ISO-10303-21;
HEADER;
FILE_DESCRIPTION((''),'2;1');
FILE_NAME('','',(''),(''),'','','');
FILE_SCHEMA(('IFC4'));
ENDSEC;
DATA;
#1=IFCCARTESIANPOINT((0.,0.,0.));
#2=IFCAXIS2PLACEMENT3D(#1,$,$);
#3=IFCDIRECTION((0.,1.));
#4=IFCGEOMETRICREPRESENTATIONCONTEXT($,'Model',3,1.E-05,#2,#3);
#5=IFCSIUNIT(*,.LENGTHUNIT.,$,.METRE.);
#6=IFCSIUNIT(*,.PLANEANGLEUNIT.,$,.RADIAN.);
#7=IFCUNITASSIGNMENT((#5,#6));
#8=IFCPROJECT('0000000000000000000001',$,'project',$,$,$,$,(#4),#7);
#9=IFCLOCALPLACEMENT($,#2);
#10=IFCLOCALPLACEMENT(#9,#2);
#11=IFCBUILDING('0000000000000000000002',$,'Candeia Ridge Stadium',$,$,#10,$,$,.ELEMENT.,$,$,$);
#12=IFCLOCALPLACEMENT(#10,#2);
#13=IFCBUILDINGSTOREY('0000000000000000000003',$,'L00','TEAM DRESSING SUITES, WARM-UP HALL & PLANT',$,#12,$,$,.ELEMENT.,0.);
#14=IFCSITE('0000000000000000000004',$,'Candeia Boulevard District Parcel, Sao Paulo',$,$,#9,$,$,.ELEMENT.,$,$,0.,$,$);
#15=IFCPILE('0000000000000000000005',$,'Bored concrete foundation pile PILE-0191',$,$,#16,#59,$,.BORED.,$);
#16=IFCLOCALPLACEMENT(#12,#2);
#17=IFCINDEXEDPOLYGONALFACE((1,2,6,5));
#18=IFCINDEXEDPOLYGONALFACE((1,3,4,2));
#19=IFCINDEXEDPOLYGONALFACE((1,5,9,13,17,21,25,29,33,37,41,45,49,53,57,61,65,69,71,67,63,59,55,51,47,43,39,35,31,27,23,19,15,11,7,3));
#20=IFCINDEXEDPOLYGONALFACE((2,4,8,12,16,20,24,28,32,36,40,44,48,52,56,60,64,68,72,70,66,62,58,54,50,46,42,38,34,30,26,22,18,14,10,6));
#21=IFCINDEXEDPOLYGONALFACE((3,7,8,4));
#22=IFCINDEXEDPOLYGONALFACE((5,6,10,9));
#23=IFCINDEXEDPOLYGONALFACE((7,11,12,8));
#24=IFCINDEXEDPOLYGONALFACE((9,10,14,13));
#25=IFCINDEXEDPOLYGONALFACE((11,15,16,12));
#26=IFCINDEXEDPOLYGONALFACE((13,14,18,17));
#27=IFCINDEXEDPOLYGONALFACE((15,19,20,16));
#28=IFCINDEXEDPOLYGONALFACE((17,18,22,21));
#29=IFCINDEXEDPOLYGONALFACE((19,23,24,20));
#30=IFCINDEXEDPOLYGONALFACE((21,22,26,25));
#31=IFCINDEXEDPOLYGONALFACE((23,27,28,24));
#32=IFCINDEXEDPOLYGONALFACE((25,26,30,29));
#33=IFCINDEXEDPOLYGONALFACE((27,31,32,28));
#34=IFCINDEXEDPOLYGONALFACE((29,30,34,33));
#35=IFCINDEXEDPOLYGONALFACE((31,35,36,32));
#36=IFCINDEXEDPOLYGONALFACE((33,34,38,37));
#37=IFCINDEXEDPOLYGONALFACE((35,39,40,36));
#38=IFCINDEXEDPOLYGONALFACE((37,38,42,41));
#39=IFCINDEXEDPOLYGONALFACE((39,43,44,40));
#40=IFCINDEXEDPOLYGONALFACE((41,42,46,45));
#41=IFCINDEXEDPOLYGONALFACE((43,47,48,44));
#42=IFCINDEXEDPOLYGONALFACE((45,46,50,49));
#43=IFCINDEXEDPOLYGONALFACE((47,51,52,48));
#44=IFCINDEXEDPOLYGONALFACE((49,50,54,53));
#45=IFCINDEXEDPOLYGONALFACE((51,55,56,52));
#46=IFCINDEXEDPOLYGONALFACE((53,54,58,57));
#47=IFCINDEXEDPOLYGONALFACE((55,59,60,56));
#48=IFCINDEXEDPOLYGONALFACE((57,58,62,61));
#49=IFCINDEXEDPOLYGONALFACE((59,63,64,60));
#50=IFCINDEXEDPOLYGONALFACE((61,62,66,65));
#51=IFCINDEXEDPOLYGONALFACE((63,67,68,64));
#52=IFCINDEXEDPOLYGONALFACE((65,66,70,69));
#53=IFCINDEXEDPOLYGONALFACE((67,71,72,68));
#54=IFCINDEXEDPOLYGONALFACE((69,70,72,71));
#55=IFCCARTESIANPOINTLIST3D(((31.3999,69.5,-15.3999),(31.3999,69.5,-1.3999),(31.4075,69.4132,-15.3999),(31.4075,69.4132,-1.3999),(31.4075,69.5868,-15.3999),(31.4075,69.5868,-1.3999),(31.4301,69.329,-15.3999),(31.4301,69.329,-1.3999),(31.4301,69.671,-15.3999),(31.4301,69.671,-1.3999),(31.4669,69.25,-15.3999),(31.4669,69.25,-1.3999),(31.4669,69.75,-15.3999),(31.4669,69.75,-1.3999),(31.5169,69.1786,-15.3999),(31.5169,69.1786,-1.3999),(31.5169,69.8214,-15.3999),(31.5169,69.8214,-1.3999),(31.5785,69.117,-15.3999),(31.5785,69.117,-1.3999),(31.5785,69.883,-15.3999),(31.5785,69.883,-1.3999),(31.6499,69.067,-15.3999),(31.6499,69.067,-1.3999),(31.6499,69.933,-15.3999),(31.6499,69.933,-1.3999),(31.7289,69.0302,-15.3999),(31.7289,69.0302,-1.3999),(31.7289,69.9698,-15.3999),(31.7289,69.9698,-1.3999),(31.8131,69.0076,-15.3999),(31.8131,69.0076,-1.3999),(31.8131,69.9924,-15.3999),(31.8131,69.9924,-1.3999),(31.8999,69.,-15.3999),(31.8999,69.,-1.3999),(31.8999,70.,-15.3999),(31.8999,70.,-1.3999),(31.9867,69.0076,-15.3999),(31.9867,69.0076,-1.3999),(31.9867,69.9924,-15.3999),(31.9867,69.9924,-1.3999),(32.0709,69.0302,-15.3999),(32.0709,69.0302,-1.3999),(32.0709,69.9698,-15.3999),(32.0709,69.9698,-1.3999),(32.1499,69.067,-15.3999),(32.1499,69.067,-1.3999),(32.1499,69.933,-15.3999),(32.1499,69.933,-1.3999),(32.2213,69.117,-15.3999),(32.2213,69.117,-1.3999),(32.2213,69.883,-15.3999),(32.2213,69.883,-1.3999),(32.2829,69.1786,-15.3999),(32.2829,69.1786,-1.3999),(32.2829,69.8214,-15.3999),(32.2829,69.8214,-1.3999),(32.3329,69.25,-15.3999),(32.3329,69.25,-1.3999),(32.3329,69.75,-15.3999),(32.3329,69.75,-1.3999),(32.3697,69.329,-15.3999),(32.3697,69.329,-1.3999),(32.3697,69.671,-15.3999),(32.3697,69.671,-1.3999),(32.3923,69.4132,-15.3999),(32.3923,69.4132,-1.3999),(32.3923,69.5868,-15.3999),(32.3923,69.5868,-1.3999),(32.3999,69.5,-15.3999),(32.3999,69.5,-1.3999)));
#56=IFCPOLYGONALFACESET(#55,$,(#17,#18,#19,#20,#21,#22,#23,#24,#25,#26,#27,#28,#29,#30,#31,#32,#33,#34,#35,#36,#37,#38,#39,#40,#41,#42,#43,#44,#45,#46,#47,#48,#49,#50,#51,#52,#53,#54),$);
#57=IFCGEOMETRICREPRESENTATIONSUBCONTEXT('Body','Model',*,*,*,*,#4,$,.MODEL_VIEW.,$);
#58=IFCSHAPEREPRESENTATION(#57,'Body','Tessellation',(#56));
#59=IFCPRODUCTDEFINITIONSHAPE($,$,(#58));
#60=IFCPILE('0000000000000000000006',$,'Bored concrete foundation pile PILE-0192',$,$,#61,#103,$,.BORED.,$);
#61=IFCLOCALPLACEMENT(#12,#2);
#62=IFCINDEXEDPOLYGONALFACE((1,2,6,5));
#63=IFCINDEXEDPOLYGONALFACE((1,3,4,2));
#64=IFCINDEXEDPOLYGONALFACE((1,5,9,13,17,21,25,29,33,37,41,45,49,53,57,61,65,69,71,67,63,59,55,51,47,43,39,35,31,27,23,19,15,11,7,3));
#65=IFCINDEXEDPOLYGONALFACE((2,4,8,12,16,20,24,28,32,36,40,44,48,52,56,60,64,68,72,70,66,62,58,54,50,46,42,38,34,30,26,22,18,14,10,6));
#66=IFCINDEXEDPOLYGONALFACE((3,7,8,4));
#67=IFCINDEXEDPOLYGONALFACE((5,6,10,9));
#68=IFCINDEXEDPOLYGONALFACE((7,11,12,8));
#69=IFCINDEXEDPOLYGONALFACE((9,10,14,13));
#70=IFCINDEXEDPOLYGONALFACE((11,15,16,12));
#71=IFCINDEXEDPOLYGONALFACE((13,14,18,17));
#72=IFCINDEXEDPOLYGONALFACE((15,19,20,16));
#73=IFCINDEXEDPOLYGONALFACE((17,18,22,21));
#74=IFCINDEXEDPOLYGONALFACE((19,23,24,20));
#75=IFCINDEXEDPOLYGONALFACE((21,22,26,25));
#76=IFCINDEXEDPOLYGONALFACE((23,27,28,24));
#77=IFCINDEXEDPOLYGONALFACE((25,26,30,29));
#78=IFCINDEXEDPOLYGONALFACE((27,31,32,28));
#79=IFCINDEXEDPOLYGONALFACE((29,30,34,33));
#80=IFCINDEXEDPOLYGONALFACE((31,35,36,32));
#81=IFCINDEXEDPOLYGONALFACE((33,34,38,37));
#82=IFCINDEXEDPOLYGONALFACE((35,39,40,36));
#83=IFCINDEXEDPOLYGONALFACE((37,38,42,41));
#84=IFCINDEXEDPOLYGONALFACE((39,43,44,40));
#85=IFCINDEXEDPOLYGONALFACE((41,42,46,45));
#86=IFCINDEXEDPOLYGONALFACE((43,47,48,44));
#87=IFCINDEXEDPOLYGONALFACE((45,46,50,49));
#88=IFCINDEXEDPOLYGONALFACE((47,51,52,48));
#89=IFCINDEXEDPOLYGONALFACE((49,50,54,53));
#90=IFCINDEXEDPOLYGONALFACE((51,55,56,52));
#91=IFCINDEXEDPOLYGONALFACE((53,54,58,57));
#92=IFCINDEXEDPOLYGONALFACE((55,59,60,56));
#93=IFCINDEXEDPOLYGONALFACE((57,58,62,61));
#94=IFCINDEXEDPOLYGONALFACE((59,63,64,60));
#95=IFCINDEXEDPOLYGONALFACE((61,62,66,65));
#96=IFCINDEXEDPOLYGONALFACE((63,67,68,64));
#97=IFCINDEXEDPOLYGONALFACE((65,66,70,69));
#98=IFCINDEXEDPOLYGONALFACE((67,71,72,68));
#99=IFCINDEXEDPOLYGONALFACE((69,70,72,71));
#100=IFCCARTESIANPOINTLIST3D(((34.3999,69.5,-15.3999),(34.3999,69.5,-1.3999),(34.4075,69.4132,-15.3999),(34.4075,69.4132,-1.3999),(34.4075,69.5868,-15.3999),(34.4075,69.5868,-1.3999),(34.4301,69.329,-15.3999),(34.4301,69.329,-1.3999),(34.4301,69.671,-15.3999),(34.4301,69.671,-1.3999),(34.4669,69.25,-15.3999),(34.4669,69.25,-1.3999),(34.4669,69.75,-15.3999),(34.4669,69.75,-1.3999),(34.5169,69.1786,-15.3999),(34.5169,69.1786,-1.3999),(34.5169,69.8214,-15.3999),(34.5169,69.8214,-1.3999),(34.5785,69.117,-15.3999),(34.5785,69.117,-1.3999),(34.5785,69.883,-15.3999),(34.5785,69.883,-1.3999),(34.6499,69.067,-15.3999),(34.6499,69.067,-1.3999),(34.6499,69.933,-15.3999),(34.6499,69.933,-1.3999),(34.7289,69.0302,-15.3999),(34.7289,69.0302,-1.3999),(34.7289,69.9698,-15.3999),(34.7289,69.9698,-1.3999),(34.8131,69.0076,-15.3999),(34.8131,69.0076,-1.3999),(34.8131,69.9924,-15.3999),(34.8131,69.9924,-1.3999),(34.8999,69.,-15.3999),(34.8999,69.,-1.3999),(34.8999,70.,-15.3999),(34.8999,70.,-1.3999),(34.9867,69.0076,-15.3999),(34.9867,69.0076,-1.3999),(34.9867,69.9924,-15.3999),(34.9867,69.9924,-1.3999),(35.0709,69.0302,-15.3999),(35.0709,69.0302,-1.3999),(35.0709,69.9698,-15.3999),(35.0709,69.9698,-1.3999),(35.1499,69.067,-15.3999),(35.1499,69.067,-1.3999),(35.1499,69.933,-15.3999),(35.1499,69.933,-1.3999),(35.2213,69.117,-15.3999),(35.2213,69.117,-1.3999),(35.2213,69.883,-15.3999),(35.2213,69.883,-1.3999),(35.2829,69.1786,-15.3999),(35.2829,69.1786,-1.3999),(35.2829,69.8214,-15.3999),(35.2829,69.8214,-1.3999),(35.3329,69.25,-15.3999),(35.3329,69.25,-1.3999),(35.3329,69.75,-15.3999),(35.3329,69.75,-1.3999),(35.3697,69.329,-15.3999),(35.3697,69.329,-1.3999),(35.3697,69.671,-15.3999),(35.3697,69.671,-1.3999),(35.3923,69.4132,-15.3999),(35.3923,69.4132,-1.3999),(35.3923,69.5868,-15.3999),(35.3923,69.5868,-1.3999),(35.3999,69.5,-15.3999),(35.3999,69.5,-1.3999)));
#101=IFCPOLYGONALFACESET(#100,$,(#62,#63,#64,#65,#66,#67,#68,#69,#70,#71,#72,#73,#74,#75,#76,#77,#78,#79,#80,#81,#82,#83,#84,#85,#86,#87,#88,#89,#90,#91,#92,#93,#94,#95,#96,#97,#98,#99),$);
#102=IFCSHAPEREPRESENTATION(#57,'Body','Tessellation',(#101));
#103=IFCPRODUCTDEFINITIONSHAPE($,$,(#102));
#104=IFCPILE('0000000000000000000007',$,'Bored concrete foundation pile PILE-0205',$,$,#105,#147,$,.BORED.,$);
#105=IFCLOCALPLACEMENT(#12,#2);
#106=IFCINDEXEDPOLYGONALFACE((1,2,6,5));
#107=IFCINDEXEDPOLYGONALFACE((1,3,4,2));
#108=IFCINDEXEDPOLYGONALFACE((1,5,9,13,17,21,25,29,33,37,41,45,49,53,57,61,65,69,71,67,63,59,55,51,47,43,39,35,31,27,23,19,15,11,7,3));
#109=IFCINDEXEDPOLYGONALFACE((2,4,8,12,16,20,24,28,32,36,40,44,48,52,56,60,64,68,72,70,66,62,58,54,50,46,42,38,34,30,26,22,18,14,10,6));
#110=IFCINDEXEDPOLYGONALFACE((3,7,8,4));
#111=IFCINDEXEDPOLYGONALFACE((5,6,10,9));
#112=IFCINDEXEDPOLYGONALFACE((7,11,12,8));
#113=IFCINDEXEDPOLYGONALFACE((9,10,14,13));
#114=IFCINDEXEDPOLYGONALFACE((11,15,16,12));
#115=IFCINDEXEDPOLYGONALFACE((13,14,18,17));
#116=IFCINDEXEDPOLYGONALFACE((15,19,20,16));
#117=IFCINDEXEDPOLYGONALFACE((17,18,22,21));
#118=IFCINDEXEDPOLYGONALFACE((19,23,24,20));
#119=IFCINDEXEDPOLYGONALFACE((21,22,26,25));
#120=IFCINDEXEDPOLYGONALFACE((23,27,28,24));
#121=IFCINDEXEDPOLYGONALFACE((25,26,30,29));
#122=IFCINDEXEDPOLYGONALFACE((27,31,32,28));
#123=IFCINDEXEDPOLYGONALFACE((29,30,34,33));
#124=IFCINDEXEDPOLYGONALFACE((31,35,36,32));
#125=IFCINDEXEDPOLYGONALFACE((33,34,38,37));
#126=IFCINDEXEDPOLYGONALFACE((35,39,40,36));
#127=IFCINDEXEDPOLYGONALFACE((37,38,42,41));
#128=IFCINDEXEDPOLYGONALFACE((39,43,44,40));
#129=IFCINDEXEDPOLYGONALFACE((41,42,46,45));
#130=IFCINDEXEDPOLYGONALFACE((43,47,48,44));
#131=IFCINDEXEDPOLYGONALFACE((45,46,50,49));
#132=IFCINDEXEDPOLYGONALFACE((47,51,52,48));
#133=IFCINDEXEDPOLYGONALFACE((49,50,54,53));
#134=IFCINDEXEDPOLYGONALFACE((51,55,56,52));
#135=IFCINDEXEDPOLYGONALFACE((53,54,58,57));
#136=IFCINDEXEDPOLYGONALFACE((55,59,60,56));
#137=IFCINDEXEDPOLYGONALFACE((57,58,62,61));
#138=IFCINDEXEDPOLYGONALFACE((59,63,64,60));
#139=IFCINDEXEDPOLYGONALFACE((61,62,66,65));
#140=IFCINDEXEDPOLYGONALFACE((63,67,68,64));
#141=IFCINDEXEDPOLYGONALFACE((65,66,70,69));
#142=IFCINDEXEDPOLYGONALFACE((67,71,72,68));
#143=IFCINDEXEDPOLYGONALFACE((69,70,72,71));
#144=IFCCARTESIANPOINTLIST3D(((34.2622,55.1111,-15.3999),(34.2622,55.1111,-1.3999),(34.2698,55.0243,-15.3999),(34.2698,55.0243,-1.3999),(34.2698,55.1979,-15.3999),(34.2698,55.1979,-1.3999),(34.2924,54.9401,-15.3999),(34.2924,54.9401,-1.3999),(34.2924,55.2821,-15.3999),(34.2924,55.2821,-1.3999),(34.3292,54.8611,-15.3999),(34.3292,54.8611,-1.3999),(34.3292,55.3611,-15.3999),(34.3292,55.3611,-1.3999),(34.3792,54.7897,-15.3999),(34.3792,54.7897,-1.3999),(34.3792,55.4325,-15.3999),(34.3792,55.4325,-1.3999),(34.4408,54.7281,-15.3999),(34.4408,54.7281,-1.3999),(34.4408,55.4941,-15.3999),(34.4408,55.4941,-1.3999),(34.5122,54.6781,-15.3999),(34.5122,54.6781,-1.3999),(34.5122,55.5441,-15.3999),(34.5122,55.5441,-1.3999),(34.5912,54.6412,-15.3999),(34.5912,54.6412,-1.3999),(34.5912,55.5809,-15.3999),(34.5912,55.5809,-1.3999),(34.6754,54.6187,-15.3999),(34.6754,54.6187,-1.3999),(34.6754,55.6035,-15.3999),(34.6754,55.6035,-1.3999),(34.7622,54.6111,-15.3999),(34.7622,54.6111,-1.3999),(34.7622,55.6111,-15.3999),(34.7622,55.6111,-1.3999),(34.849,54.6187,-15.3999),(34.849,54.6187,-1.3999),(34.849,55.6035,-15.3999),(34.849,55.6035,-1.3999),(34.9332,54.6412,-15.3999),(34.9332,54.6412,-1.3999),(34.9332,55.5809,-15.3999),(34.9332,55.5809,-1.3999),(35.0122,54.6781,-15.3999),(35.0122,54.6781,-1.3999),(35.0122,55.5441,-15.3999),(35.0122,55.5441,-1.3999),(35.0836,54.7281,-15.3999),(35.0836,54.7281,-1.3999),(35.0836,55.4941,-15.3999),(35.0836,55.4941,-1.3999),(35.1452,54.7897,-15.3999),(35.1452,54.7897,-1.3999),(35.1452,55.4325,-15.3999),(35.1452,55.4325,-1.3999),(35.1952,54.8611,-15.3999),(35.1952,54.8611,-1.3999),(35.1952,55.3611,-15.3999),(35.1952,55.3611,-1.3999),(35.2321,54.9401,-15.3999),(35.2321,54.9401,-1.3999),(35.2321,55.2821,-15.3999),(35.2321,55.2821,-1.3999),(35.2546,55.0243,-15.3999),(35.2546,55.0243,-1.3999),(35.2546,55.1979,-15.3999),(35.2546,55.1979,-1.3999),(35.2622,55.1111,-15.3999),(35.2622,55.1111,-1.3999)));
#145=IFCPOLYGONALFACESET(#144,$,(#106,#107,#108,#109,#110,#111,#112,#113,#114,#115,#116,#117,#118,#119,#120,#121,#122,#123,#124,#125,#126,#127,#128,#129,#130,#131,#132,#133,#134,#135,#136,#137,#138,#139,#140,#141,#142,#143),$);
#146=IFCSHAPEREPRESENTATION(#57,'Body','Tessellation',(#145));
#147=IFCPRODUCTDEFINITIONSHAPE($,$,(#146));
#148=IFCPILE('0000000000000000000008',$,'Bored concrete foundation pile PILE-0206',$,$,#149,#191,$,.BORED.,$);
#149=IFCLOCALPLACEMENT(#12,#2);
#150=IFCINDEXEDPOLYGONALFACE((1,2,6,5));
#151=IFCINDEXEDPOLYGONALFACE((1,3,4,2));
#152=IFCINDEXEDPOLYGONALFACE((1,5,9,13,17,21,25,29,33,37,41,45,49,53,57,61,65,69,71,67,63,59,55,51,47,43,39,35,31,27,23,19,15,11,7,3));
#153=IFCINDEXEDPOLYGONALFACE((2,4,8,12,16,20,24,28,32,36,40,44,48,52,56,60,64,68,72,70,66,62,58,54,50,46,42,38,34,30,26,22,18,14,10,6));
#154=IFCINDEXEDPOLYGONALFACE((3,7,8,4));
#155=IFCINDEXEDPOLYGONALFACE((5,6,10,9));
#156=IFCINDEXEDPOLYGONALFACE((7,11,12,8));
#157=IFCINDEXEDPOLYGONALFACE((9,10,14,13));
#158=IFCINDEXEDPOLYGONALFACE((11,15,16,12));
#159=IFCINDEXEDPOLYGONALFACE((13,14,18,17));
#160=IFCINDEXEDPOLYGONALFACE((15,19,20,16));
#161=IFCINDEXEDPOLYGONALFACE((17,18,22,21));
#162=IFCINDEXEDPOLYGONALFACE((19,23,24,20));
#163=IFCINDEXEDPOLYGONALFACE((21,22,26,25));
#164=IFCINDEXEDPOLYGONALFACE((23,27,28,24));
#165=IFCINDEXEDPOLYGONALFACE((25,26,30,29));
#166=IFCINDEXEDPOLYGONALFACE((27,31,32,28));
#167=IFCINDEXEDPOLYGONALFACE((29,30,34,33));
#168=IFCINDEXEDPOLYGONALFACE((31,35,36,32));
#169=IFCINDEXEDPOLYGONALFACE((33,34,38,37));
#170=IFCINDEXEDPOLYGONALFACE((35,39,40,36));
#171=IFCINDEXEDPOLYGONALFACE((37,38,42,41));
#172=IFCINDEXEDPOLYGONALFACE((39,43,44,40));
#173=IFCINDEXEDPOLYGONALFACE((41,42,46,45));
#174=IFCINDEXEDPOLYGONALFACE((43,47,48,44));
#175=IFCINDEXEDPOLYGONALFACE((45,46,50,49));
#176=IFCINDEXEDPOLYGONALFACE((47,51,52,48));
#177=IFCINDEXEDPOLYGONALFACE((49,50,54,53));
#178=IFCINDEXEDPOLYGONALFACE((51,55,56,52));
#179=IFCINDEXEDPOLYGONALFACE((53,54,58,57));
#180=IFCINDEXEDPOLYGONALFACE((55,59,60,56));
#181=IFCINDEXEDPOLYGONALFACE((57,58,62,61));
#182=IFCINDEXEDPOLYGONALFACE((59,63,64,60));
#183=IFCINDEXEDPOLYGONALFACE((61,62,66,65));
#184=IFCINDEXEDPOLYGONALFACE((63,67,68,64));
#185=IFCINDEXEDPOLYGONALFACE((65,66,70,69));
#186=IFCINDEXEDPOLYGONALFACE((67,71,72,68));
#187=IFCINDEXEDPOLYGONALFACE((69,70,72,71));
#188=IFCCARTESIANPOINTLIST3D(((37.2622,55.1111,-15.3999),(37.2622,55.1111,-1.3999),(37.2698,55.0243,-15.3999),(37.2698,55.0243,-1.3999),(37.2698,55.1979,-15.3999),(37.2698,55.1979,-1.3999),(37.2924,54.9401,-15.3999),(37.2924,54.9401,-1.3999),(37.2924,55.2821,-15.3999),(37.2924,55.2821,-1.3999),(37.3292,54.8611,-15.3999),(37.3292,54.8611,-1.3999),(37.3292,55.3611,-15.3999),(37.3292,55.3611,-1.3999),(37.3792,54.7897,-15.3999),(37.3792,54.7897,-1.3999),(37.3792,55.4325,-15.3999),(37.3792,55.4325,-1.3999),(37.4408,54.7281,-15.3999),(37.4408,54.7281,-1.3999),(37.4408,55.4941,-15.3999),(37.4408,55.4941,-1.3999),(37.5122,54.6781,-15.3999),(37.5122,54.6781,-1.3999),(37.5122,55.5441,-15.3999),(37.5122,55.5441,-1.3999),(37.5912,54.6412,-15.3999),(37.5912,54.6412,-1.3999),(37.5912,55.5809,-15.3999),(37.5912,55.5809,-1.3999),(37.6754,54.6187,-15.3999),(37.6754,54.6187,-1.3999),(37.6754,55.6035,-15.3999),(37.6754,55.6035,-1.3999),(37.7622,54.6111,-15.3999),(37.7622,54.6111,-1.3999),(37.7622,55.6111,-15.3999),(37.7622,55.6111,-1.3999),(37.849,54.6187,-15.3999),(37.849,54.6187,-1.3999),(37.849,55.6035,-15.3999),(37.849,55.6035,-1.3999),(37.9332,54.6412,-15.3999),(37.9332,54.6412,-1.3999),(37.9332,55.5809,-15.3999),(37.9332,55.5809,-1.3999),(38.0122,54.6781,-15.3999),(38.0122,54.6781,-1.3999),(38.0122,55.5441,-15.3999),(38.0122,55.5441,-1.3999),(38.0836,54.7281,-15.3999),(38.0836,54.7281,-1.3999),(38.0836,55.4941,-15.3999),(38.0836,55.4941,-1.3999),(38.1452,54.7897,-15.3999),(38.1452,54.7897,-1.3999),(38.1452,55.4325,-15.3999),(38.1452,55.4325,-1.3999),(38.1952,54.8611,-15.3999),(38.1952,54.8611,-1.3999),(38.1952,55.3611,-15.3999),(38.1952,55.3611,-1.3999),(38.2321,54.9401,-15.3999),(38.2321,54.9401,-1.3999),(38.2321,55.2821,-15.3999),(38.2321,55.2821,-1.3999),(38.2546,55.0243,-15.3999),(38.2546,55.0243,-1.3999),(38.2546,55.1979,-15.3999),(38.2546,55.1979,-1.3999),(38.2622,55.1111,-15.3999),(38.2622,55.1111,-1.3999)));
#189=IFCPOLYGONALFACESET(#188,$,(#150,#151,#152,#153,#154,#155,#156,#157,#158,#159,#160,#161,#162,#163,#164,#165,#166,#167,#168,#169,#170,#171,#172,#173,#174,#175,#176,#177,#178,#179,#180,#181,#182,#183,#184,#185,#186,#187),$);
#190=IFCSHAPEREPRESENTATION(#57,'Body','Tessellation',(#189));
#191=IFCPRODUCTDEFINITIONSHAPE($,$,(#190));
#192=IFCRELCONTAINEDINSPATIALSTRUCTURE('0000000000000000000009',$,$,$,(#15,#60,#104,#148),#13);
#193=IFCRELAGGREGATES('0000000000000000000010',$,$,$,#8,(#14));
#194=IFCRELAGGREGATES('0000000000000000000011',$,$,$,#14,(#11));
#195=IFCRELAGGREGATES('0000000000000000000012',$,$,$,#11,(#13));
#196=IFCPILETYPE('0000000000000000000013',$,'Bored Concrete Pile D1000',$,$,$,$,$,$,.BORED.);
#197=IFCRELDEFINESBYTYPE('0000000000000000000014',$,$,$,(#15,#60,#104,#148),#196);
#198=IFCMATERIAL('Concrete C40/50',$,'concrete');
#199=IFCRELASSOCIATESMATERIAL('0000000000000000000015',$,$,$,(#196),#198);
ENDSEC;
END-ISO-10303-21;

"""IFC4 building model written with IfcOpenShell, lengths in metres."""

from ifc_helpers import new_model, si_unit, direction, frame, origin, origin_2d, place, context, subcontext, project, spatial, circle, extrude, material, material_profile, profile_set, type_object, element, save


model = new_model("IFC4")

# Units and contexts
model_context = context("Model", 3, precision=1e-05, world=origin(), true_north=direction((0.0, 1.0)))
body_context = subcontext(model_context, "Body", "Model", "MODEL_VIEW")
ifc_project = project(units=[si_unit("LENGTHUNIT", "METRE"), si_unit("PLANEANGLEUNIT", "RADIAN")], contexts=[model_context])

# Site, building, storey
site_placement = place(None, origin())
site = spatial("IfcSite", under=ifc_project, at=site_placement, Name="Candeia Boulevard District Parcel, Sao Paulo", CompositionType="ELEMENT", RefElevation=0.0)
building_placement = place(site_placement, origin())
building = spatial("IfcBuilding", under=site, at=building_placement, Name="Candeia Ridge Stadium", CompositionType="ELEMENT")
storey_placement = place(building_placement, origin())
storey = spatial("IfcBuildingStorey", under=building, at=storey_placement, Name="L00", Description="TEAM DRESSING SUITES, WARM-UP HALL & PLANT", CompositionType="ELEMENT", Elevation=0.0)

# Piles
ifc_material_1 = material(Name="Concrete C40/50", Category="concrete")
ifc_material_profile_1 = material_profile(ifc_material_1, circle(Radius=0.5, at=origin_2d()), Name="PILE-D1000", Category="concrete")
ifc_profile_set_1 = profile_set([ifc_material_profile_1], Name="Concrete C40/50")
pile_type_1 = type_object("IfcPileType", Name="Bored Concrete Pile D1000", PredefinedType="BORED", material=ifc_profile_set_1)
for number, where, z_axis, x_axis, name in (
    (1, (31.8999, 69.5, -1.3999), (0.0, 0.0, -1.0), (1.0, 0.0, 0.0), "Bored concrete foundation pile PILE-0191"),
    (2, (34.8999, 69.5, -1.3999), (0.0, 0.0, -1.0), (1.0, 0.0, 0.0), "Bored concrete foundation pile PILE-0192"),
    (3, (34.7622, 55.1111, -1.3999), (0.0, 0.0, -1.0), (1.0, 0.0, 0.0), "Bored concrete foundation pile PILE-0205"),
    (4, (37.7622, 55.1111, -1.3999), (0.0, 0.0, -1.0), (1.0, 0.0, 0.0), "Bored concrete foundation pile PILE-0206"),
):
    element("IfcPile", number, at=place(storey_placement, frame(where, z_axis=z_axis, x_axis=x_axis)), inside=storey, type_object=pile_type_1, Name=name, PredefinedType="BORED", context=body_context, shape_type="SweptSolid", body=[
        extrude(circle(Radius=0.5, at=origin_2d()), origin(), (0.0, 0.0, 1.0), 14.0),
    ])

save(model, "model.ifc")
